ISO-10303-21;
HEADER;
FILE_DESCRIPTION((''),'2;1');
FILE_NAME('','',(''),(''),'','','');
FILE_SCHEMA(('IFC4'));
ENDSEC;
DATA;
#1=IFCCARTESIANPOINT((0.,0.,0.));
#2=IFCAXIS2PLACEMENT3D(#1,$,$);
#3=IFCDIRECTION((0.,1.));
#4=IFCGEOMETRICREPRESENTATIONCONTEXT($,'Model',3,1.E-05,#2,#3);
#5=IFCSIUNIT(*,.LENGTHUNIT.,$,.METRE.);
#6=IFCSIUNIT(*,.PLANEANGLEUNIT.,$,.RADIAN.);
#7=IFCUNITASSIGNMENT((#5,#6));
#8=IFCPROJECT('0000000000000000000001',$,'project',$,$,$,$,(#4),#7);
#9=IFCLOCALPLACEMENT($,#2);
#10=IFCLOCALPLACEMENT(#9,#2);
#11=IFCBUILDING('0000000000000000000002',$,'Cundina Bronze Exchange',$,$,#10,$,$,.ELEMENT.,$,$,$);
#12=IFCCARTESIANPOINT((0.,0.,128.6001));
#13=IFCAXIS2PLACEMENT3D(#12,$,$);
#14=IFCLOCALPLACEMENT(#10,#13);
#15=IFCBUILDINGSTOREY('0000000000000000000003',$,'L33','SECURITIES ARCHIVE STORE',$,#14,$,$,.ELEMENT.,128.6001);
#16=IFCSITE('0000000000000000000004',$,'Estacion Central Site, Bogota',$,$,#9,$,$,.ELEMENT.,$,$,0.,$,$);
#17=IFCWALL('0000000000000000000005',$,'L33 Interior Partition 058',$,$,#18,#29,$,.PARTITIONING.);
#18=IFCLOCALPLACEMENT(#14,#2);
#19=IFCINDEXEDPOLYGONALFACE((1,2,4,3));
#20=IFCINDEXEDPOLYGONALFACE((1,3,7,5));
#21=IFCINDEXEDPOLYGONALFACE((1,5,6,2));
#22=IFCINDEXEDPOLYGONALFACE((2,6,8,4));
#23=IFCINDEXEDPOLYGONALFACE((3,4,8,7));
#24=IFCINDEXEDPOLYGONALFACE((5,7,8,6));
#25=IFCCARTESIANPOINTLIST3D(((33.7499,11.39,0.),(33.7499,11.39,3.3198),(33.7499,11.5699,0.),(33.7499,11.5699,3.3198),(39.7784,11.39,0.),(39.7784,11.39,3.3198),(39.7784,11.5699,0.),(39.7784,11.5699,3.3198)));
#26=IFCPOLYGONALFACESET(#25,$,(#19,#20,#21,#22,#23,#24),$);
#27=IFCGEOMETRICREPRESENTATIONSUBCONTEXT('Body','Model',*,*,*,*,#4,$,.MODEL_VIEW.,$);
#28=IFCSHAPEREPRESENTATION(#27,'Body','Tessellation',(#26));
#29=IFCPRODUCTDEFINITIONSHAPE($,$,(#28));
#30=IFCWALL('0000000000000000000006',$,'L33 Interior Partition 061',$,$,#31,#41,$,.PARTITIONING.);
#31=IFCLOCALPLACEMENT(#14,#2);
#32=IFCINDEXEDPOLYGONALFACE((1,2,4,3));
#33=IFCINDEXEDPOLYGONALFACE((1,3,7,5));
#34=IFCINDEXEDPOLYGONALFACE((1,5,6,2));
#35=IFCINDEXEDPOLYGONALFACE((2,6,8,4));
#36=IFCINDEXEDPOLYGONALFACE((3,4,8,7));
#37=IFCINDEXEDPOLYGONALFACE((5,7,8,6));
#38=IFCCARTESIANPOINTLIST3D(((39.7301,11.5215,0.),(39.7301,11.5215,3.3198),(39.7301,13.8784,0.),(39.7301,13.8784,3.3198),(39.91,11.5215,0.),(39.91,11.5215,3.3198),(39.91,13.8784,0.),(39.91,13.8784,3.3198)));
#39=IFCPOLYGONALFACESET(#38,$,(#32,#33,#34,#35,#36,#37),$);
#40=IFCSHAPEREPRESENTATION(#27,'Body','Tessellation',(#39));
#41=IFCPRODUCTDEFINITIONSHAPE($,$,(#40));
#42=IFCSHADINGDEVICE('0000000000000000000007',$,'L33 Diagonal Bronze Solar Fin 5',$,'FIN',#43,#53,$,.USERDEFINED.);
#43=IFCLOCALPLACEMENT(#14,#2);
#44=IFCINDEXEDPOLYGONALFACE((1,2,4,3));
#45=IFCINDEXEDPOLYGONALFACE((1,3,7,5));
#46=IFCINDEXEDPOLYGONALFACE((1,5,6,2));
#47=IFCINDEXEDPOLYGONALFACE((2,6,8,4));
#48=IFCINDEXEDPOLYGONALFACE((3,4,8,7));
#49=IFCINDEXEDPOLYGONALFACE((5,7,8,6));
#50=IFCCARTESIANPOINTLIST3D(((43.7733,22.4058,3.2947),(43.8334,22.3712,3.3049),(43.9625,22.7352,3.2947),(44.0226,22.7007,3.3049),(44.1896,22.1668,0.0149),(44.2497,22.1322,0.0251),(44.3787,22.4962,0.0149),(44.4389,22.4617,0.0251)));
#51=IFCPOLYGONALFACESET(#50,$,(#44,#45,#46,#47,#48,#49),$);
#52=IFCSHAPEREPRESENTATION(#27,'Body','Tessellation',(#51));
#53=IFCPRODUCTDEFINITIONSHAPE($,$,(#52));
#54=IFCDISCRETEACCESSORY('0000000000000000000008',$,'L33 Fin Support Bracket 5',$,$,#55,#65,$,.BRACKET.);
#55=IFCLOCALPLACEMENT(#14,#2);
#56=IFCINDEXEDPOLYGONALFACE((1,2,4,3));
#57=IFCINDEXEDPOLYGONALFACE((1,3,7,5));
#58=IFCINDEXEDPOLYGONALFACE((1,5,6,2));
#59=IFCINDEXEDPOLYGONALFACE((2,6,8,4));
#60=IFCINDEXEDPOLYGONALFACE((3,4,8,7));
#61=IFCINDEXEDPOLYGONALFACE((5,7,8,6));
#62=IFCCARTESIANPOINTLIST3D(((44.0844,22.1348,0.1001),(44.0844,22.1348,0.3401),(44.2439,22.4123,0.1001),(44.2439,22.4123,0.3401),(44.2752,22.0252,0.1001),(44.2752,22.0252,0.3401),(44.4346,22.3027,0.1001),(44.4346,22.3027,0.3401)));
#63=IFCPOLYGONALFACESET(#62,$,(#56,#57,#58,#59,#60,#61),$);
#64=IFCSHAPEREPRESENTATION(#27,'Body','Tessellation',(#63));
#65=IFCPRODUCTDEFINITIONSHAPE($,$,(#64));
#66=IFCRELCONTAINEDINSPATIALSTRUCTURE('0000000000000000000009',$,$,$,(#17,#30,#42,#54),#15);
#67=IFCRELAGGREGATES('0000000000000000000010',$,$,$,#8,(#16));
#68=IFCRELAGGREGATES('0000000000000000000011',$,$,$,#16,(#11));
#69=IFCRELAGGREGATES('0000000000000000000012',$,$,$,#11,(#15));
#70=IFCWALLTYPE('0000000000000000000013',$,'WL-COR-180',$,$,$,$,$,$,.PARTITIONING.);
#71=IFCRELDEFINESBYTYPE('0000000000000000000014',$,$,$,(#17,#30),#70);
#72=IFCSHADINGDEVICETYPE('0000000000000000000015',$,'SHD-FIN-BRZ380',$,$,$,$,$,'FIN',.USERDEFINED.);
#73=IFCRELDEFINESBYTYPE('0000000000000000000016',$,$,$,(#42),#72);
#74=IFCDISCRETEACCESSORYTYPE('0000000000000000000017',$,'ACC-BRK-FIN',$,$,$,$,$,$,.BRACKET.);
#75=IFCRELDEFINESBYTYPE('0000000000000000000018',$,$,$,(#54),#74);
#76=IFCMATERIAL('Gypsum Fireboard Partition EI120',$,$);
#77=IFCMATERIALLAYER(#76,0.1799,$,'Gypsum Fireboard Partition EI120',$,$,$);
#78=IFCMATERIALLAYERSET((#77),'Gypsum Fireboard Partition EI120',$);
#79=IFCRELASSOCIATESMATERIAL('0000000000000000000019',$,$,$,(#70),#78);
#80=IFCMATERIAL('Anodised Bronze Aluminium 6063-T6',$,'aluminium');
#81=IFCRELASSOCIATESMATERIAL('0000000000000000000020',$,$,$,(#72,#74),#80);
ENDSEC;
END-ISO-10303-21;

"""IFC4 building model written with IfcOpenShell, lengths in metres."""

from ifc_helpers import new_model, si_unit, direction, frame, frame_2d, origin, origin_2d, place, context, subcontext, project, spatial, rectangle, extrude, material, layer, layer_set, material_profile, profile_set, type_object, element, save


model = new_model("IFC4")

# Units and contexts
model_context = context("Model", 3, precision=1e-05, world=origin(), true_north=direction((0.0, 1.0)))
body_context = subcontext(model_context, "Body", "Model", "MODEL_VIEW")
ifc_project = project(units=[si_unit("LENGTHUNIT", "METRE"), si_unit("PLANEANGLEUNIT", "RADIAN")], contexts=[model_context])

# Site, building, storey
site_placement = place(None, origin())
site = spatial("IfcSite", under=ifc_project, at=site_placement, Name="Estacion Central Site, Bogota", CompositionType="ELEMENT", RefElevation=0.0)
building_placement = place(site_placement, origin())
building = spatial("IfcBuilding", under=site, at=building_placement, Name="Cundina Bronze Exchange", CompositionType="ELEMENT")
storey_placement = place(building_placement, frame((0.0, 0.0, 128.6001)))
storey = spatial("IfcBuildingStorey", under=building, at=storey_placement, Name="L33", Description="SECURITIES ARCHIVE STORE", CompositionType="ELEMENT", Elevation=128.6001)

# Shared definitions
ifc_material_1 = material(Name="Anodised Bronze Aluminium 6063-T6", Category="aluminium")

# Shared definitions
ifc_material_2 = material(Name="Gypsum Fireboard Partition EI120")
ifc_layer_1 = layer(ifc_material_2, 0.1799, Name="Gypsum Fireboard Partition EI120")
ifc_layer_set_1 = layer_set([ifc_layer_1], Name="Gypsum Fireboard Partition EI120")
wall_type = type_object("IfcWallType", Name="WL-COR-180", PredefinedType="PARTITIONING", material=ifc_layer_set_1)

# Walls
wall_1_placement = place(storey_placement, frame((33.75, 11.48, 0.0), z_axis=(0.0, 0.0, 1.0), x_axis=(1.0, 0.0, 0.0)))
element("IfcWall", 1, at=wall_1_placement, inside=storey, type_object=wall_type, Name="L33 Interior Partition 058", PredefinedType="PARTITIONING", context=body_context, shape_type="SweptSolid", body=[
    extrude(rectangle(XDim=6.0286, YDim=0.1799, at=frame_2d((3.0142, 0.0))), origin(), (0.0, 0.0, 1.0), 3.3198),
])
wall_2_placement = place(storey_placement, frame((39.8201, 11.5215, 0.0), z_axis=(0.0, 0.0, 1.0), x_axis=(0.0, 1.0, 0.0)))
element("IfcWall", 2, at=wall_2_placement, inside=storey, type_object=wall_type, Name="L33 Interior Partition 061", PredefinedType="PARTITIONING", context=body_context, shape_type="SweptSolid", body=[
    extrude(rectangle(XDim=2.3569, YDim=0.1799, at=frame_2d((1.1785, 0.0))), origin(), (0.0, 0.0, 1.0), 3.3198),
])

# Shading device
ifc_material_profile_1 = material_profile(ifc_material_1, rectangle(XDim=0.0701, YDim=0.3799, at=origin_2d()), Name="FIN70X380", Category="aluminium")
ifc_profile_set_1 = profile_set([ifc_material_profile_1], Name="Anodised Bronze Aluminium 6063-T6")
shading_device_type = type_object("IfcShadingDeviceType", Name="SHD-FIN-BRZ380", ElementType="FIN", PredefinedType="USERDEFINED", material=ifc_profile_set_1)
shading_device_placement = place(storey_placement, frame((44.3142, 22.3142, 0.02), z_axis=(-0.125579, 0.072107, 0.98946), x_axis=(0.858068, -0.492697, 0.144808)))
element("IfcShadingDevice", 3, at=shading_device_placement, inside=storey, type_object=shading_device_type, Name="L33 Diagonal Bronze Solar Fin 5", ObjectType="FIN", PredefinedType="USERDEFINED", context=body_context, shape_type="SweptSolid", body=[
    extrude(rectangle(XDim=0.0701, YDim=0.3799, at=origin_2d()), origin(), (0.0, 0.0, 1.0), 3.3147),
])

# Discrete accessory
discrete_accessory_type = type_object("IfcDiscreteAccessoryType", Name="ACC-BRK-FIN", PredefinedType="BRACKET", material=ifc_material_1)
discrete_accessory_placement = place(storey_placement, frame((44.2595, 22.2188, 0.1001), z_axis=(0.0, 0.0, 1.0), x_axis=(-0.867105, 0.498125, 0.0)))
element("IfcDiscreteAccessory", 4, at=discrete_accessory_placement, inside=storey, type_object=discrete_accessory_type, Name="L33 Fin Support Bracket 5", PredefinedType="BRACKET", context=body_context, shape_type="SweptSolid", body=[
    extrude(rectangle(XDim=0.22, YDim=0.3201, at=origin_2d()), origin(), (0.0, 0.0, 1.0), 0.24),
])

save(model, "model.ifc")
